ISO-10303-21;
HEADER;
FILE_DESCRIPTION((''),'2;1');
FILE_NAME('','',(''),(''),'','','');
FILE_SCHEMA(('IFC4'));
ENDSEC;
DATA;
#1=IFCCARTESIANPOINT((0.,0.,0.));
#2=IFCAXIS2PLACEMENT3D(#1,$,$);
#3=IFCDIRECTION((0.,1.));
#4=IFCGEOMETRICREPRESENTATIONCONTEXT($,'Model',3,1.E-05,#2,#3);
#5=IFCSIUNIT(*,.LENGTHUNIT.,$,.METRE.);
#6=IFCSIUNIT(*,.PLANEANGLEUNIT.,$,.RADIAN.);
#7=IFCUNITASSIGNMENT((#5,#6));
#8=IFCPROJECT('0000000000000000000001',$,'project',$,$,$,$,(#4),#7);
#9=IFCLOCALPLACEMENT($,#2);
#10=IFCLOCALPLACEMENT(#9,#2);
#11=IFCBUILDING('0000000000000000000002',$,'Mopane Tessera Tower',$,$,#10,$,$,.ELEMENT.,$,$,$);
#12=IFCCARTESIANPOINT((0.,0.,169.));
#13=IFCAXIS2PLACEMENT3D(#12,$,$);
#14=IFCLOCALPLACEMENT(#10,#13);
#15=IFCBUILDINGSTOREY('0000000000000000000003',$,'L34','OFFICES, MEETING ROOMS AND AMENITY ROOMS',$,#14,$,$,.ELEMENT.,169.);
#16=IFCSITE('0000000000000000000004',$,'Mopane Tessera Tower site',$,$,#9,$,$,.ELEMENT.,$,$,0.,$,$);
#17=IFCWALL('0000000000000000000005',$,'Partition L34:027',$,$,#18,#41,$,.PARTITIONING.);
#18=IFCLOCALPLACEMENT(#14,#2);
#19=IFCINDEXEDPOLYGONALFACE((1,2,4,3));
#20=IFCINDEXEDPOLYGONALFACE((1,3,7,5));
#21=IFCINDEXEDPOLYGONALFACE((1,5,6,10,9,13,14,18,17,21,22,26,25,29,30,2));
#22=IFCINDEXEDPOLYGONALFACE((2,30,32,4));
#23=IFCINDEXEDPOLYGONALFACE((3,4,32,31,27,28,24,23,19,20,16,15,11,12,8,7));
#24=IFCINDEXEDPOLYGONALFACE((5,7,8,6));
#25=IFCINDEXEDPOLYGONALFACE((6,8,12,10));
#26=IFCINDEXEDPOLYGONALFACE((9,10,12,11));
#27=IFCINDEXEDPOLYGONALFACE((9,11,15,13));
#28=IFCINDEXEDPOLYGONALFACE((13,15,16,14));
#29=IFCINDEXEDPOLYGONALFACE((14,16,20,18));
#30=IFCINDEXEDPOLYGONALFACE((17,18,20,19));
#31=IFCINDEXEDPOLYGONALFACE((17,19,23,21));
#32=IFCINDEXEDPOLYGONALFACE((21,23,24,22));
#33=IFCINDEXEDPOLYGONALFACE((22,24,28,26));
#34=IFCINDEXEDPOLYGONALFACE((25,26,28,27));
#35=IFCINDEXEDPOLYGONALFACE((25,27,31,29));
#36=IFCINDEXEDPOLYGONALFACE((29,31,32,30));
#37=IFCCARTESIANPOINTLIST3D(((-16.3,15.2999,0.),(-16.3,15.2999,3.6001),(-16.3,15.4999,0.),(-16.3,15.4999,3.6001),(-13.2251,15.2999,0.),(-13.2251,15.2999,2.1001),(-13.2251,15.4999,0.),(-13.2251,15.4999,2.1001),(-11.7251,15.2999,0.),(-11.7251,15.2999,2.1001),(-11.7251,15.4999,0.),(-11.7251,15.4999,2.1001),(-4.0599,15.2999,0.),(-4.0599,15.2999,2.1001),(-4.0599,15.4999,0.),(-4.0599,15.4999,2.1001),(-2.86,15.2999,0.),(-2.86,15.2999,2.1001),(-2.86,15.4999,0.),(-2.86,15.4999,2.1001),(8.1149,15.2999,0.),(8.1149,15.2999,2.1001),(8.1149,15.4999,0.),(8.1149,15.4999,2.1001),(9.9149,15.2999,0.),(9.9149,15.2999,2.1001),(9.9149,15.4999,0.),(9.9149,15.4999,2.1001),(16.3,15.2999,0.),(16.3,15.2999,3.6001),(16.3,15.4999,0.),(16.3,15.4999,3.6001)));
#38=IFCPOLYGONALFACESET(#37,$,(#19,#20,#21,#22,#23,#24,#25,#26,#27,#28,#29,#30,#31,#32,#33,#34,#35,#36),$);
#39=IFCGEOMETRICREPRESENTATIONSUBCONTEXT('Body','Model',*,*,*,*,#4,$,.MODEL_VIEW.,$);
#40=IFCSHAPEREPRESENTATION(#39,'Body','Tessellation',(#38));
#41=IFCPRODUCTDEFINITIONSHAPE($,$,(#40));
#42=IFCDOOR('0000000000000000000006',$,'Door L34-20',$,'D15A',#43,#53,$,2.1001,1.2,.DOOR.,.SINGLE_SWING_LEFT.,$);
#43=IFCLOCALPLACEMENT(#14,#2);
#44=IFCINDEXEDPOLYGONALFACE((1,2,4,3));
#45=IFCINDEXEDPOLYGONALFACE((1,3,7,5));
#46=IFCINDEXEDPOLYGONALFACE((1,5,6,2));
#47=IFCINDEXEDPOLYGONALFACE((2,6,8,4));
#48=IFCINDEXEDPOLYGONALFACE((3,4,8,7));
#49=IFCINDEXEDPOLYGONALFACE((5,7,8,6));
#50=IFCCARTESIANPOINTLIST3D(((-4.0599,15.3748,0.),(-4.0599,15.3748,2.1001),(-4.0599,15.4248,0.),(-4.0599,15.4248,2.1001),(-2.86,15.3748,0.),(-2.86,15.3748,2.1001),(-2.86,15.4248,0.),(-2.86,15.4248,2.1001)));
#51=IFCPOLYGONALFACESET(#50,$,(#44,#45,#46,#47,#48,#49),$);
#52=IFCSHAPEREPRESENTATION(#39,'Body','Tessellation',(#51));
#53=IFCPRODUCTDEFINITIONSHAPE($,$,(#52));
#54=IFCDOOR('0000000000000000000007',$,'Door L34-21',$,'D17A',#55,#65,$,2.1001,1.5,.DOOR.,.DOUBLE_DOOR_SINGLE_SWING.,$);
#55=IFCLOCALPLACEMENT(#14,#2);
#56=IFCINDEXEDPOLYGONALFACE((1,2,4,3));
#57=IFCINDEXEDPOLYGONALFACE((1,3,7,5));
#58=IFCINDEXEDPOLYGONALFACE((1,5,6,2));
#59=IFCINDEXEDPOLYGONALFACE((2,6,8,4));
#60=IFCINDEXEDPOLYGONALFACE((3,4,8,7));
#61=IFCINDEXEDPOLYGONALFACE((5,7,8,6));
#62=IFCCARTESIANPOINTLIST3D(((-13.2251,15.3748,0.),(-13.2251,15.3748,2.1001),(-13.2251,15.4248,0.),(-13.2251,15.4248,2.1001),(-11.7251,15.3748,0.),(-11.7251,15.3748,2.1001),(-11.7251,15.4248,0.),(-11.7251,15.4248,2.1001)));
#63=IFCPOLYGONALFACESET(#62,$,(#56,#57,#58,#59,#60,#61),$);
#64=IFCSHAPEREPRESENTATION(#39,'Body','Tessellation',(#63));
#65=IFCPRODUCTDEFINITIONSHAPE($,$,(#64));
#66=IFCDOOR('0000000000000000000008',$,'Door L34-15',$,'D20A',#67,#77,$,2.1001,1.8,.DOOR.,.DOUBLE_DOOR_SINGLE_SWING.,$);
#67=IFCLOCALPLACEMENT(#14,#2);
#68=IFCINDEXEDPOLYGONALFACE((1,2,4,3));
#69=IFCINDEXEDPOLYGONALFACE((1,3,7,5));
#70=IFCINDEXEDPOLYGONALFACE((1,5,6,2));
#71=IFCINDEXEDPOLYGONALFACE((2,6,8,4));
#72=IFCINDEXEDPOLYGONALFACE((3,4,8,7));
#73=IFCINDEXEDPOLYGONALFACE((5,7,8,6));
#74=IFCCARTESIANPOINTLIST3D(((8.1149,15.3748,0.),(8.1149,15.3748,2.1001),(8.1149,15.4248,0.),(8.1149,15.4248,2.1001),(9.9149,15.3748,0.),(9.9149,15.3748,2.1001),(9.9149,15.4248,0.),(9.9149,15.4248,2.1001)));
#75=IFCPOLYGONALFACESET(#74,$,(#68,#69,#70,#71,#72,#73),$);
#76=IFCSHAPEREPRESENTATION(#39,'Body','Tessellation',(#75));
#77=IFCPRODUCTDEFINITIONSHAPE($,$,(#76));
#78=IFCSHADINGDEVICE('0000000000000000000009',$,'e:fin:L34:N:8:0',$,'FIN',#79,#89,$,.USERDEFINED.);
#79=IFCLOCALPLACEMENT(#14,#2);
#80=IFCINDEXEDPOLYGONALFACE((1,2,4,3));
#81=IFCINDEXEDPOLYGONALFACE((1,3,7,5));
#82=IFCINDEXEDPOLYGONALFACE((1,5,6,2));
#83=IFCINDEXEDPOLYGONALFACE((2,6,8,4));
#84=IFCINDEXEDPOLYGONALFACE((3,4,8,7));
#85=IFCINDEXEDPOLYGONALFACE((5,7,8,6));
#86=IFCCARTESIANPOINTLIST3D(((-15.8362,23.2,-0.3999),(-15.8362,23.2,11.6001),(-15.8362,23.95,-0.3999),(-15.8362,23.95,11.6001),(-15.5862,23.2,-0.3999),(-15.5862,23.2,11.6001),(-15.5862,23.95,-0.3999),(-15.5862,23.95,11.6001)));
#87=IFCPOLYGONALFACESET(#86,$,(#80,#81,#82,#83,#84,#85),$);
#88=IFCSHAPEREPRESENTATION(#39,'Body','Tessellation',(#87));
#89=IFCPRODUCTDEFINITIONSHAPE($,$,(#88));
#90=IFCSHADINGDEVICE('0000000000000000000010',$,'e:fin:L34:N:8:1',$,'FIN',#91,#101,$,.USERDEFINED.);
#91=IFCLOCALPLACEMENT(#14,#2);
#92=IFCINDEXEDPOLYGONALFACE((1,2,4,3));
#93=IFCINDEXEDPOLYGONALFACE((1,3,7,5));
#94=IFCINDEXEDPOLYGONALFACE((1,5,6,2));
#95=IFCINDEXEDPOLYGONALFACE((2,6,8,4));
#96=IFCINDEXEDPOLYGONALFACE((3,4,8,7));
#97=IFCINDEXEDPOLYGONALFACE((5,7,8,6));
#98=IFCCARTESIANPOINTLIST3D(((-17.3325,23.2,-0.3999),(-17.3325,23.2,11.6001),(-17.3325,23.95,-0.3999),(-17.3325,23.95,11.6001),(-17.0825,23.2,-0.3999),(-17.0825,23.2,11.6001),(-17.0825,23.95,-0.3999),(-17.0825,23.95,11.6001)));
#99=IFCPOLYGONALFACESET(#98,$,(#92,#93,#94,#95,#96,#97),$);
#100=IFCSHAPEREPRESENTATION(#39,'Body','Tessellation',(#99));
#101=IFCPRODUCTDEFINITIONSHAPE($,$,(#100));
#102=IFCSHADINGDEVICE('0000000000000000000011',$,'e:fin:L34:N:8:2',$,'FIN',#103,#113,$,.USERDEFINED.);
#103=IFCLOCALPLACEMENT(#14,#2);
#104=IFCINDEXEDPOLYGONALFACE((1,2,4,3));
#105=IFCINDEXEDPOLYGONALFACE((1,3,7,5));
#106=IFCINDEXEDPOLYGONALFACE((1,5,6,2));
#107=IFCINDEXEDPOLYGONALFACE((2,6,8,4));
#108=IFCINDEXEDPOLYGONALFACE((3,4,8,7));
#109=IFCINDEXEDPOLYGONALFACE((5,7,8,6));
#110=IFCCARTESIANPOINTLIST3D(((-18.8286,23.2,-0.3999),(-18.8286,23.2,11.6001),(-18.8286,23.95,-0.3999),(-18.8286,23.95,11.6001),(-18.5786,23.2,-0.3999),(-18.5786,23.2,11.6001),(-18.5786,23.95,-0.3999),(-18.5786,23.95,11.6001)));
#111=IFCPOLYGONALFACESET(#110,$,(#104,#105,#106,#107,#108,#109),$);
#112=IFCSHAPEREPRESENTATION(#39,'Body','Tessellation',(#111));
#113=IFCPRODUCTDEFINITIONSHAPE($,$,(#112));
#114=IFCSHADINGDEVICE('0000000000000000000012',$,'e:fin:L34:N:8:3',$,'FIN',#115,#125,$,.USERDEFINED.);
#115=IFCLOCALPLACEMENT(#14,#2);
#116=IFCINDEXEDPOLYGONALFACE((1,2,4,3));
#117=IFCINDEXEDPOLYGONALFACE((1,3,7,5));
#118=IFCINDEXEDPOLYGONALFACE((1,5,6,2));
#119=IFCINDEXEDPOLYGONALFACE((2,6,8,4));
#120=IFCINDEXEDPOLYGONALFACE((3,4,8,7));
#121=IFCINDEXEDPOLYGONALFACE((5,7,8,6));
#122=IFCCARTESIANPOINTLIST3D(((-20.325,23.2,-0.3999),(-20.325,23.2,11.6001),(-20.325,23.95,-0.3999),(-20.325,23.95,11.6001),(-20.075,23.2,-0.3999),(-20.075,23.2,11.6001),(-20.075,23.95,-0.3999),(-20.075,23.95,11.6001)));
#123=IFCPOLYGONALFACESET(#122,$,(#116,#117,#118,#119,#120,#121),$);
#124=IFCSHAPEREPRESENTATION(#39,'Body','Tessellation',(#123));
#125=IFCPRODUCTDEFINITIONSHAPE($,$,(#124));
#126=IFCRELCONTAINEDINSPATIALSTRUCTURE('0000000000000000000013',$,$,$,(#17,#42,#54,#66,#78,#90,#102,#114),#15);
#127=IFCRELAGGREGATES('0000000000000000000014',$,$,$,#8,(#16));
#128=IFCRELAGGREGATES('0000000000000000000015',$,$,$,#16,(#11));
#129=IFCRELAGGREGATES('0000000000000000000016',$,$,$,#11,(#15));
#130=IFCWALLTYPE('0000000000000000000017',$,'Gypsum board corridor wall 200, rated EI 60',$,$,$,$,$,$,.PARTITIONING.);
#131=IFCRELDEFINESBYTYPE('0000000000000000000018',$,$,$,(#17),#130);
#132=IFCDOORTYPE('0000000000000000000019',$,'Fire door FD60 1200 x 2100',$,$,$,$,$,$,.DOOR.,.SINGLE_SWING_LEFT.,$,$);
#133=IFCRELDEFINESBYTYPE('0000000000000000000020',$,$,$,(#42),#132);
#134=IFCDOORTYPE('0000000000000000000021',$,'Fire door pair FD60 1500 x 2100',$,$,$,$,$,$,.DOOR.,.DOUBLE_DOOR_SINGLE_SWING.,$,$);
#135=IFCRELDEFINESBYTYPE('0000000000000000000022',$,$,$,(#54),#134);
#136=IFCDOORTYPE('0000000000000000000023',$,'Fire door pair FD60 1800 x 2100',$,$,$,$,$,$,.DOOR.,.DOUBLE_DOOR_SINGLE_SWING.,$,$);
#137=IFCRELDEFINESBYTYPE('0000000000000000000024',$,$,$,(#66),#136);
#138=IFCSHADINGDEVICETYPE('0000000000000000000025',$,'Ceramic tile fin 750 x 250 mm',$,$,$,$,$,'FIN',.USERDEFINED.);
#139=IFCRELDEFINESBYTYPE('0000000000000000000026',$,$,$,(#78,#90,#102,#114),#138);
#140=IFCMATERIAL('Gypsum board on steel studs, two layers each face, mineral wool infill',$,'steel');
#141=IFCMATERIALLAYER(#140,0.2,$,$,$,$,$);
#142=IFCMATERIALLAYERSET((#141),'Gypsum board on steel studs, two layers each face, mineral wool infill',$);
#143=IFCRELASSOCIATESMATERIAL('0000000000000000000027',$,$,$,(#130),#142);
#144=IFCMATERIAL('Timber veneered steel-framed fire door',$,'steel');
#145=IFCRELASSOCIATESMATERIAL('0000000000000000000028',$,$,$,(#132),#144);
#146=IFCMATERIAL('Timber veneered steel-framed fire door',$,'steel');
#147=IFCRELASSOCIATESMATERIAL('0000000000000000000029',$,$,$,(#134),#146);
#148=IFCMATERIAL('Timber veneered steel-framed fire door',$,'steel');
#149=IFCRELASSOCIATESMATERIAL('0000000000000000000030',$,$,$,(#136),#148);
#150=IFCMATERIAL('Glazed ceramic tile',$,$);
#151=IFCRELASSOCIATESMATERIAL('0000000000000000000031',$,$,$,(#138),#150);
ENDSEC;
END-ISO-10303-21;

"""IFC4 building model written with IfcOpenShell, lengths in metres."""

from ifc_helpers import new_model, si_unit, direction, frame, frame_2d, origin, origin_2d, place, context, subcontext, project, spatial, rectangle, extrude, material, layer, layer_set, type_object, element, fill, save


model = new_model("IFC4")

# Units and contexts
model_context = context("Model", 3, precision=1e-05, world=origin(), true_north=direction((0.0, 1.0)))
body_context = subcontext(model_context, "Body", "Model", "MODEL_VIEW")
ifc_project = project(units=[si_unit("LENGTHUNIT", "METRE"), si_unit("PLANEANGLEUNIT", "RADIAN")], contexts=[model_context])

# Site, building, storey
site_placement = place(None, origin())
site = spatial("IfcSite", under=ifc_project, at=site_placement, Name="Mopane Tessera Tower site", CompositionType="ELEMENT", RefElevation=0.0)
building_placement = place(site_placement, origin())
building = spatial("IfcBuilding", under=site, at=building_placement, Name="Mopane Tessera Tower", CompositionType="ELEMENT")
storey_placement = place(building_placement, frame((0.0, 0.0, 169.0)))
storey = spatial("IfcBuildingStorey", under=building, at=storey_placement, Name="L34", Description="OFFICES, MEETING ROOMS AND AMENITY ROOMS", CompositionType="ELEMENT", Elevation=169.0)

# Wall, openings, doors
ifc_material_1 = material(Name="Gypsum board on steel studs, two layers each face, mineral wool infill", Category="steel")
ifc_layer_1 = layer(ifc_material_1, 0.2)
ifc_layer_set_1 = layer_set([ifc_layer_1], Name="Gypsum board on steel studs, two layers each face, mineral wool infill")
wall_type_1 = type_object("IfcWallType", Name="Gypsum board corridor wall 200, rated EI 60", PredefinedType="PARTITIONING", material=ifc_layer_set_1)
wall_1_placement = place(storey_placement, frame((-16.3, 15.3999, 0.0), z_axis=(0.0, 0.0, 1.0), x_axis=(1.0, 0.0, 0.0)))
wall_1 = element("IfcWall", 1, at=wall_1_placement, inside=storey, type_object=wall_type_1, Name="Partition L34:027", PredefinedType="PARTITIONING", context=body_context, shape_type="SweptSolid", body=[
    extrude(rectangle(XDim=32.6001, YDim=0.2, at=frame_2d((16.3, 0.0))), origin(), (0.0, 0.0, 1.0), 3.6001),
])
opening_1_placement = place(wall_1_placement, frame((24.415, 0.0, 0.0)))
opening_1 = element("IfcOpeningElement", 2, at=opening_1_placement, cuts=wall_1, PredefinedType="OPENING", context=body_context, shape_type="SweptSolid", body=[
    extrude(rectangle(XDim=1.8, YDim=2.1001, at=frame_2d((0.8999, 1.05))), frame((0.0, 0.1121, 0.0), z_axis=(0.0, -1.0, 0.0), x_axis=(1.0, 0.0, 0.0)), (0.0, 0.0, 1.0), 0.2239),
])
opening_2_placement = place(wall_1_placement, frame((12.24, 0.0, 0.0)))
opening_2 = element("IfcOpeningElement", 3, at=opening_2_placement, cuts=wall_1, PredefinedType="OPENING", context=body_context, shape_type="SweptSolid", body=[
    extrude(rectangle(XDim=1.2, YDim=2.1001, at=frame_2d((0.6001, 1.05))), frame((0.0, 0.1121, 0.0), z_axis=(0.0, -1.0, 0.0), x_axis=(1.0, 0.0, 0.0)), (0.0, 0.0, 1.0), 0.2239),
])
opening_3_placement = place(wall_1_placement, frame((3.075, 0.0, 0.0)))
opening_3 = element("IfcOpeningElement", 4, at=opening_3_placement, cuts=wall_1, PredefinedType="OPENING", context=body_context, shape_type="SweptSolid", body=[
    extrude(rectangle(XDim=1.5, YDim=2.1001, at=frame_2d((0.75, 1.05))), frame((0.0, 0.1121, 0.0), z_axis=(0.0, -1.0, 0.0), x_axis=(1.0, 0.0, 0.0)), (0.0, 0.0, 1.0), 0.2239),
])
ifc_material_2 = material(Name="Timber veneered steel-framed fire door", Category="steel")
door_type_1 = type_object("IfcDoorType", Name="Fire door FD60 1200 x 2100", OperationType="SINGLE_SWING_LEFT", PredefinedType="DOOR", material=ifc_material_2)
door_1_placement = place(opening_2_placement, origin())
door_1 = element("IfcDoor", 5, at=door_1_placement, inside=storey, type_object=door_type_1, Name="Door L34-20", ObjectType="D15A", OperationType="SINGLE_SWING_LEFT", OverallHeight=2.1001, OverallWidth=1.2, PredefinedType="DOOR", context=body_context, shape_type="SweptSolid", body=[
    extrude(rectangle(XDim=1.2, YDim=2.1001, at=frame_2d((0.6001, 1.05))), frame((0.0, 0.0249, 0.0), z_axis=(0.0, -1.0, 0.0), x_axis=(1.0, 0.0, 0.0)), (0.0, 0.0, 1.0), 0.05),
])
fill(opening_2, door_1)
ifc_material_3 = material(Name="Timber veneered steel-framed fire door", Category="steel")
door_type_2 = type_object("IfcDoorType", Name="Fire door pair FD60 1500 x 2100", OperationType="DOUBLE_DOOR_SINGLE_SWING", PredefinedType="DOOR", material=ifc_material_3)
door_2_placement = place(opening_3_placement, origin())
door_2 = element("IfcDoor", 6, at=door_2_placement, inside=storey, type_object=door_type_2, Name="Door L34-21", ObjectType="D17A", OperationType="DOUBLE_DOOR_SINGLE_SWING", OverallHeight=2.1001, OverallWidth=1.5, PredefinedType="DOOR", context=body_context, shape_type="SweptSolid", body=[
    extrude(rectangle(XDim=1.5, YDim=2.1001, at=frame_2d((0.75, 1.05))), frame((0.0, 0.0249, 0.0), z_axis=(0.0, -1.0, 0.0), x_axis=(1.0, 0.0, 0.0)), (0.0, 0.0, 1.0), 0.05),
])
fill(opening_3, door_2)
ifc_material_4 = material(Name="Timber veneered steel-framed fire door", Category="steel")
door_type_3 = type_object("IfcDoorType", Name="Fire door pair FD60 1800 x 2100", OperationType="DOUBLE_DOOR_SINGLE_SWING", PredefinedType="DOOR", material=ifc_material_4)
door_3_placement = place(opening_1_placement, origin())
door_3 = element("IfcDoor", 7, at=door_3_placement, inside=storey, type_object=door_type_3, Name="Door L34-15", ObjectType="D20A", OperationType="DOUBLE_DOOR_SINGLE_SWING", OverallHeight=2.1001, OverallWidth=1.8, PredefinedType="DOOR", context=body_context, shape_type="SweptSolid", body=[
    extrude(rectangle(XDim=1.8, YDim=2.1001, at=frame_2d((0.8999, 1.05))), frame((0.0, 0.0249, 0.0), z_axis=(0.0, -1.0, 0.0), x_axis=(1.0, 0.0, 0.0)), (0.0, 0.0, 1.0), 0.05),
])
fill(opening_1, door_3)

# Shading devices
ifc_material_5 = material(Name="Glazed ceramic tile")
shading_device_type = type_object("IfcShadingDeviceType", Name="Ceramic tile fin 750 x 250 mm", ElementType="FIN", PredefinedType="USERDEFINED", material=ifc_material_5)
for number, where, z_axis, x_axis, name in (
    (8, (-15.7112, 23.575, -0.3999), (0.0, 0.0, 1.0), (-1.0, 0.0, 0.0), "e:fin:L34:N:8:0"),
    (9, (-17.2075, 23.575, -0.3999), (0.0, 0.0, 1.0), (-1.0, 0.0, 0.0), "e:fin:L34:N:8:1"),
    (10, (-18.7036, 23.575, -0.3999), (0.0, 0.0, 1.0), (-1.0, 0.0, 0.0), "e:fin:L34:N:8:2"),
    (11, (-20.2, 23.575, -0.3999), (0.0, 0.0, 1.0), (-1.0, 0.0, 0.0), "e:fin:L34:N:8:3"),
):
    element("IfcShadingDevice", number, at=place(storey_placement, frame(where, z_axis=z_axis, x_axis=x_axis)), inside=storey, type_object=shading_device_type, Name=name, ObjectType="FIN", PredefinedType="USERDEFINED", context=body_context, shape_type="SweptSolid", body=[
        extrude(rectangle(XDim=0.25, YDim=0.75, at=origin_2d()), origin(), (0.0, 0.0, 1.0), 12.0),
    ])

save(model, "model.ifc")
